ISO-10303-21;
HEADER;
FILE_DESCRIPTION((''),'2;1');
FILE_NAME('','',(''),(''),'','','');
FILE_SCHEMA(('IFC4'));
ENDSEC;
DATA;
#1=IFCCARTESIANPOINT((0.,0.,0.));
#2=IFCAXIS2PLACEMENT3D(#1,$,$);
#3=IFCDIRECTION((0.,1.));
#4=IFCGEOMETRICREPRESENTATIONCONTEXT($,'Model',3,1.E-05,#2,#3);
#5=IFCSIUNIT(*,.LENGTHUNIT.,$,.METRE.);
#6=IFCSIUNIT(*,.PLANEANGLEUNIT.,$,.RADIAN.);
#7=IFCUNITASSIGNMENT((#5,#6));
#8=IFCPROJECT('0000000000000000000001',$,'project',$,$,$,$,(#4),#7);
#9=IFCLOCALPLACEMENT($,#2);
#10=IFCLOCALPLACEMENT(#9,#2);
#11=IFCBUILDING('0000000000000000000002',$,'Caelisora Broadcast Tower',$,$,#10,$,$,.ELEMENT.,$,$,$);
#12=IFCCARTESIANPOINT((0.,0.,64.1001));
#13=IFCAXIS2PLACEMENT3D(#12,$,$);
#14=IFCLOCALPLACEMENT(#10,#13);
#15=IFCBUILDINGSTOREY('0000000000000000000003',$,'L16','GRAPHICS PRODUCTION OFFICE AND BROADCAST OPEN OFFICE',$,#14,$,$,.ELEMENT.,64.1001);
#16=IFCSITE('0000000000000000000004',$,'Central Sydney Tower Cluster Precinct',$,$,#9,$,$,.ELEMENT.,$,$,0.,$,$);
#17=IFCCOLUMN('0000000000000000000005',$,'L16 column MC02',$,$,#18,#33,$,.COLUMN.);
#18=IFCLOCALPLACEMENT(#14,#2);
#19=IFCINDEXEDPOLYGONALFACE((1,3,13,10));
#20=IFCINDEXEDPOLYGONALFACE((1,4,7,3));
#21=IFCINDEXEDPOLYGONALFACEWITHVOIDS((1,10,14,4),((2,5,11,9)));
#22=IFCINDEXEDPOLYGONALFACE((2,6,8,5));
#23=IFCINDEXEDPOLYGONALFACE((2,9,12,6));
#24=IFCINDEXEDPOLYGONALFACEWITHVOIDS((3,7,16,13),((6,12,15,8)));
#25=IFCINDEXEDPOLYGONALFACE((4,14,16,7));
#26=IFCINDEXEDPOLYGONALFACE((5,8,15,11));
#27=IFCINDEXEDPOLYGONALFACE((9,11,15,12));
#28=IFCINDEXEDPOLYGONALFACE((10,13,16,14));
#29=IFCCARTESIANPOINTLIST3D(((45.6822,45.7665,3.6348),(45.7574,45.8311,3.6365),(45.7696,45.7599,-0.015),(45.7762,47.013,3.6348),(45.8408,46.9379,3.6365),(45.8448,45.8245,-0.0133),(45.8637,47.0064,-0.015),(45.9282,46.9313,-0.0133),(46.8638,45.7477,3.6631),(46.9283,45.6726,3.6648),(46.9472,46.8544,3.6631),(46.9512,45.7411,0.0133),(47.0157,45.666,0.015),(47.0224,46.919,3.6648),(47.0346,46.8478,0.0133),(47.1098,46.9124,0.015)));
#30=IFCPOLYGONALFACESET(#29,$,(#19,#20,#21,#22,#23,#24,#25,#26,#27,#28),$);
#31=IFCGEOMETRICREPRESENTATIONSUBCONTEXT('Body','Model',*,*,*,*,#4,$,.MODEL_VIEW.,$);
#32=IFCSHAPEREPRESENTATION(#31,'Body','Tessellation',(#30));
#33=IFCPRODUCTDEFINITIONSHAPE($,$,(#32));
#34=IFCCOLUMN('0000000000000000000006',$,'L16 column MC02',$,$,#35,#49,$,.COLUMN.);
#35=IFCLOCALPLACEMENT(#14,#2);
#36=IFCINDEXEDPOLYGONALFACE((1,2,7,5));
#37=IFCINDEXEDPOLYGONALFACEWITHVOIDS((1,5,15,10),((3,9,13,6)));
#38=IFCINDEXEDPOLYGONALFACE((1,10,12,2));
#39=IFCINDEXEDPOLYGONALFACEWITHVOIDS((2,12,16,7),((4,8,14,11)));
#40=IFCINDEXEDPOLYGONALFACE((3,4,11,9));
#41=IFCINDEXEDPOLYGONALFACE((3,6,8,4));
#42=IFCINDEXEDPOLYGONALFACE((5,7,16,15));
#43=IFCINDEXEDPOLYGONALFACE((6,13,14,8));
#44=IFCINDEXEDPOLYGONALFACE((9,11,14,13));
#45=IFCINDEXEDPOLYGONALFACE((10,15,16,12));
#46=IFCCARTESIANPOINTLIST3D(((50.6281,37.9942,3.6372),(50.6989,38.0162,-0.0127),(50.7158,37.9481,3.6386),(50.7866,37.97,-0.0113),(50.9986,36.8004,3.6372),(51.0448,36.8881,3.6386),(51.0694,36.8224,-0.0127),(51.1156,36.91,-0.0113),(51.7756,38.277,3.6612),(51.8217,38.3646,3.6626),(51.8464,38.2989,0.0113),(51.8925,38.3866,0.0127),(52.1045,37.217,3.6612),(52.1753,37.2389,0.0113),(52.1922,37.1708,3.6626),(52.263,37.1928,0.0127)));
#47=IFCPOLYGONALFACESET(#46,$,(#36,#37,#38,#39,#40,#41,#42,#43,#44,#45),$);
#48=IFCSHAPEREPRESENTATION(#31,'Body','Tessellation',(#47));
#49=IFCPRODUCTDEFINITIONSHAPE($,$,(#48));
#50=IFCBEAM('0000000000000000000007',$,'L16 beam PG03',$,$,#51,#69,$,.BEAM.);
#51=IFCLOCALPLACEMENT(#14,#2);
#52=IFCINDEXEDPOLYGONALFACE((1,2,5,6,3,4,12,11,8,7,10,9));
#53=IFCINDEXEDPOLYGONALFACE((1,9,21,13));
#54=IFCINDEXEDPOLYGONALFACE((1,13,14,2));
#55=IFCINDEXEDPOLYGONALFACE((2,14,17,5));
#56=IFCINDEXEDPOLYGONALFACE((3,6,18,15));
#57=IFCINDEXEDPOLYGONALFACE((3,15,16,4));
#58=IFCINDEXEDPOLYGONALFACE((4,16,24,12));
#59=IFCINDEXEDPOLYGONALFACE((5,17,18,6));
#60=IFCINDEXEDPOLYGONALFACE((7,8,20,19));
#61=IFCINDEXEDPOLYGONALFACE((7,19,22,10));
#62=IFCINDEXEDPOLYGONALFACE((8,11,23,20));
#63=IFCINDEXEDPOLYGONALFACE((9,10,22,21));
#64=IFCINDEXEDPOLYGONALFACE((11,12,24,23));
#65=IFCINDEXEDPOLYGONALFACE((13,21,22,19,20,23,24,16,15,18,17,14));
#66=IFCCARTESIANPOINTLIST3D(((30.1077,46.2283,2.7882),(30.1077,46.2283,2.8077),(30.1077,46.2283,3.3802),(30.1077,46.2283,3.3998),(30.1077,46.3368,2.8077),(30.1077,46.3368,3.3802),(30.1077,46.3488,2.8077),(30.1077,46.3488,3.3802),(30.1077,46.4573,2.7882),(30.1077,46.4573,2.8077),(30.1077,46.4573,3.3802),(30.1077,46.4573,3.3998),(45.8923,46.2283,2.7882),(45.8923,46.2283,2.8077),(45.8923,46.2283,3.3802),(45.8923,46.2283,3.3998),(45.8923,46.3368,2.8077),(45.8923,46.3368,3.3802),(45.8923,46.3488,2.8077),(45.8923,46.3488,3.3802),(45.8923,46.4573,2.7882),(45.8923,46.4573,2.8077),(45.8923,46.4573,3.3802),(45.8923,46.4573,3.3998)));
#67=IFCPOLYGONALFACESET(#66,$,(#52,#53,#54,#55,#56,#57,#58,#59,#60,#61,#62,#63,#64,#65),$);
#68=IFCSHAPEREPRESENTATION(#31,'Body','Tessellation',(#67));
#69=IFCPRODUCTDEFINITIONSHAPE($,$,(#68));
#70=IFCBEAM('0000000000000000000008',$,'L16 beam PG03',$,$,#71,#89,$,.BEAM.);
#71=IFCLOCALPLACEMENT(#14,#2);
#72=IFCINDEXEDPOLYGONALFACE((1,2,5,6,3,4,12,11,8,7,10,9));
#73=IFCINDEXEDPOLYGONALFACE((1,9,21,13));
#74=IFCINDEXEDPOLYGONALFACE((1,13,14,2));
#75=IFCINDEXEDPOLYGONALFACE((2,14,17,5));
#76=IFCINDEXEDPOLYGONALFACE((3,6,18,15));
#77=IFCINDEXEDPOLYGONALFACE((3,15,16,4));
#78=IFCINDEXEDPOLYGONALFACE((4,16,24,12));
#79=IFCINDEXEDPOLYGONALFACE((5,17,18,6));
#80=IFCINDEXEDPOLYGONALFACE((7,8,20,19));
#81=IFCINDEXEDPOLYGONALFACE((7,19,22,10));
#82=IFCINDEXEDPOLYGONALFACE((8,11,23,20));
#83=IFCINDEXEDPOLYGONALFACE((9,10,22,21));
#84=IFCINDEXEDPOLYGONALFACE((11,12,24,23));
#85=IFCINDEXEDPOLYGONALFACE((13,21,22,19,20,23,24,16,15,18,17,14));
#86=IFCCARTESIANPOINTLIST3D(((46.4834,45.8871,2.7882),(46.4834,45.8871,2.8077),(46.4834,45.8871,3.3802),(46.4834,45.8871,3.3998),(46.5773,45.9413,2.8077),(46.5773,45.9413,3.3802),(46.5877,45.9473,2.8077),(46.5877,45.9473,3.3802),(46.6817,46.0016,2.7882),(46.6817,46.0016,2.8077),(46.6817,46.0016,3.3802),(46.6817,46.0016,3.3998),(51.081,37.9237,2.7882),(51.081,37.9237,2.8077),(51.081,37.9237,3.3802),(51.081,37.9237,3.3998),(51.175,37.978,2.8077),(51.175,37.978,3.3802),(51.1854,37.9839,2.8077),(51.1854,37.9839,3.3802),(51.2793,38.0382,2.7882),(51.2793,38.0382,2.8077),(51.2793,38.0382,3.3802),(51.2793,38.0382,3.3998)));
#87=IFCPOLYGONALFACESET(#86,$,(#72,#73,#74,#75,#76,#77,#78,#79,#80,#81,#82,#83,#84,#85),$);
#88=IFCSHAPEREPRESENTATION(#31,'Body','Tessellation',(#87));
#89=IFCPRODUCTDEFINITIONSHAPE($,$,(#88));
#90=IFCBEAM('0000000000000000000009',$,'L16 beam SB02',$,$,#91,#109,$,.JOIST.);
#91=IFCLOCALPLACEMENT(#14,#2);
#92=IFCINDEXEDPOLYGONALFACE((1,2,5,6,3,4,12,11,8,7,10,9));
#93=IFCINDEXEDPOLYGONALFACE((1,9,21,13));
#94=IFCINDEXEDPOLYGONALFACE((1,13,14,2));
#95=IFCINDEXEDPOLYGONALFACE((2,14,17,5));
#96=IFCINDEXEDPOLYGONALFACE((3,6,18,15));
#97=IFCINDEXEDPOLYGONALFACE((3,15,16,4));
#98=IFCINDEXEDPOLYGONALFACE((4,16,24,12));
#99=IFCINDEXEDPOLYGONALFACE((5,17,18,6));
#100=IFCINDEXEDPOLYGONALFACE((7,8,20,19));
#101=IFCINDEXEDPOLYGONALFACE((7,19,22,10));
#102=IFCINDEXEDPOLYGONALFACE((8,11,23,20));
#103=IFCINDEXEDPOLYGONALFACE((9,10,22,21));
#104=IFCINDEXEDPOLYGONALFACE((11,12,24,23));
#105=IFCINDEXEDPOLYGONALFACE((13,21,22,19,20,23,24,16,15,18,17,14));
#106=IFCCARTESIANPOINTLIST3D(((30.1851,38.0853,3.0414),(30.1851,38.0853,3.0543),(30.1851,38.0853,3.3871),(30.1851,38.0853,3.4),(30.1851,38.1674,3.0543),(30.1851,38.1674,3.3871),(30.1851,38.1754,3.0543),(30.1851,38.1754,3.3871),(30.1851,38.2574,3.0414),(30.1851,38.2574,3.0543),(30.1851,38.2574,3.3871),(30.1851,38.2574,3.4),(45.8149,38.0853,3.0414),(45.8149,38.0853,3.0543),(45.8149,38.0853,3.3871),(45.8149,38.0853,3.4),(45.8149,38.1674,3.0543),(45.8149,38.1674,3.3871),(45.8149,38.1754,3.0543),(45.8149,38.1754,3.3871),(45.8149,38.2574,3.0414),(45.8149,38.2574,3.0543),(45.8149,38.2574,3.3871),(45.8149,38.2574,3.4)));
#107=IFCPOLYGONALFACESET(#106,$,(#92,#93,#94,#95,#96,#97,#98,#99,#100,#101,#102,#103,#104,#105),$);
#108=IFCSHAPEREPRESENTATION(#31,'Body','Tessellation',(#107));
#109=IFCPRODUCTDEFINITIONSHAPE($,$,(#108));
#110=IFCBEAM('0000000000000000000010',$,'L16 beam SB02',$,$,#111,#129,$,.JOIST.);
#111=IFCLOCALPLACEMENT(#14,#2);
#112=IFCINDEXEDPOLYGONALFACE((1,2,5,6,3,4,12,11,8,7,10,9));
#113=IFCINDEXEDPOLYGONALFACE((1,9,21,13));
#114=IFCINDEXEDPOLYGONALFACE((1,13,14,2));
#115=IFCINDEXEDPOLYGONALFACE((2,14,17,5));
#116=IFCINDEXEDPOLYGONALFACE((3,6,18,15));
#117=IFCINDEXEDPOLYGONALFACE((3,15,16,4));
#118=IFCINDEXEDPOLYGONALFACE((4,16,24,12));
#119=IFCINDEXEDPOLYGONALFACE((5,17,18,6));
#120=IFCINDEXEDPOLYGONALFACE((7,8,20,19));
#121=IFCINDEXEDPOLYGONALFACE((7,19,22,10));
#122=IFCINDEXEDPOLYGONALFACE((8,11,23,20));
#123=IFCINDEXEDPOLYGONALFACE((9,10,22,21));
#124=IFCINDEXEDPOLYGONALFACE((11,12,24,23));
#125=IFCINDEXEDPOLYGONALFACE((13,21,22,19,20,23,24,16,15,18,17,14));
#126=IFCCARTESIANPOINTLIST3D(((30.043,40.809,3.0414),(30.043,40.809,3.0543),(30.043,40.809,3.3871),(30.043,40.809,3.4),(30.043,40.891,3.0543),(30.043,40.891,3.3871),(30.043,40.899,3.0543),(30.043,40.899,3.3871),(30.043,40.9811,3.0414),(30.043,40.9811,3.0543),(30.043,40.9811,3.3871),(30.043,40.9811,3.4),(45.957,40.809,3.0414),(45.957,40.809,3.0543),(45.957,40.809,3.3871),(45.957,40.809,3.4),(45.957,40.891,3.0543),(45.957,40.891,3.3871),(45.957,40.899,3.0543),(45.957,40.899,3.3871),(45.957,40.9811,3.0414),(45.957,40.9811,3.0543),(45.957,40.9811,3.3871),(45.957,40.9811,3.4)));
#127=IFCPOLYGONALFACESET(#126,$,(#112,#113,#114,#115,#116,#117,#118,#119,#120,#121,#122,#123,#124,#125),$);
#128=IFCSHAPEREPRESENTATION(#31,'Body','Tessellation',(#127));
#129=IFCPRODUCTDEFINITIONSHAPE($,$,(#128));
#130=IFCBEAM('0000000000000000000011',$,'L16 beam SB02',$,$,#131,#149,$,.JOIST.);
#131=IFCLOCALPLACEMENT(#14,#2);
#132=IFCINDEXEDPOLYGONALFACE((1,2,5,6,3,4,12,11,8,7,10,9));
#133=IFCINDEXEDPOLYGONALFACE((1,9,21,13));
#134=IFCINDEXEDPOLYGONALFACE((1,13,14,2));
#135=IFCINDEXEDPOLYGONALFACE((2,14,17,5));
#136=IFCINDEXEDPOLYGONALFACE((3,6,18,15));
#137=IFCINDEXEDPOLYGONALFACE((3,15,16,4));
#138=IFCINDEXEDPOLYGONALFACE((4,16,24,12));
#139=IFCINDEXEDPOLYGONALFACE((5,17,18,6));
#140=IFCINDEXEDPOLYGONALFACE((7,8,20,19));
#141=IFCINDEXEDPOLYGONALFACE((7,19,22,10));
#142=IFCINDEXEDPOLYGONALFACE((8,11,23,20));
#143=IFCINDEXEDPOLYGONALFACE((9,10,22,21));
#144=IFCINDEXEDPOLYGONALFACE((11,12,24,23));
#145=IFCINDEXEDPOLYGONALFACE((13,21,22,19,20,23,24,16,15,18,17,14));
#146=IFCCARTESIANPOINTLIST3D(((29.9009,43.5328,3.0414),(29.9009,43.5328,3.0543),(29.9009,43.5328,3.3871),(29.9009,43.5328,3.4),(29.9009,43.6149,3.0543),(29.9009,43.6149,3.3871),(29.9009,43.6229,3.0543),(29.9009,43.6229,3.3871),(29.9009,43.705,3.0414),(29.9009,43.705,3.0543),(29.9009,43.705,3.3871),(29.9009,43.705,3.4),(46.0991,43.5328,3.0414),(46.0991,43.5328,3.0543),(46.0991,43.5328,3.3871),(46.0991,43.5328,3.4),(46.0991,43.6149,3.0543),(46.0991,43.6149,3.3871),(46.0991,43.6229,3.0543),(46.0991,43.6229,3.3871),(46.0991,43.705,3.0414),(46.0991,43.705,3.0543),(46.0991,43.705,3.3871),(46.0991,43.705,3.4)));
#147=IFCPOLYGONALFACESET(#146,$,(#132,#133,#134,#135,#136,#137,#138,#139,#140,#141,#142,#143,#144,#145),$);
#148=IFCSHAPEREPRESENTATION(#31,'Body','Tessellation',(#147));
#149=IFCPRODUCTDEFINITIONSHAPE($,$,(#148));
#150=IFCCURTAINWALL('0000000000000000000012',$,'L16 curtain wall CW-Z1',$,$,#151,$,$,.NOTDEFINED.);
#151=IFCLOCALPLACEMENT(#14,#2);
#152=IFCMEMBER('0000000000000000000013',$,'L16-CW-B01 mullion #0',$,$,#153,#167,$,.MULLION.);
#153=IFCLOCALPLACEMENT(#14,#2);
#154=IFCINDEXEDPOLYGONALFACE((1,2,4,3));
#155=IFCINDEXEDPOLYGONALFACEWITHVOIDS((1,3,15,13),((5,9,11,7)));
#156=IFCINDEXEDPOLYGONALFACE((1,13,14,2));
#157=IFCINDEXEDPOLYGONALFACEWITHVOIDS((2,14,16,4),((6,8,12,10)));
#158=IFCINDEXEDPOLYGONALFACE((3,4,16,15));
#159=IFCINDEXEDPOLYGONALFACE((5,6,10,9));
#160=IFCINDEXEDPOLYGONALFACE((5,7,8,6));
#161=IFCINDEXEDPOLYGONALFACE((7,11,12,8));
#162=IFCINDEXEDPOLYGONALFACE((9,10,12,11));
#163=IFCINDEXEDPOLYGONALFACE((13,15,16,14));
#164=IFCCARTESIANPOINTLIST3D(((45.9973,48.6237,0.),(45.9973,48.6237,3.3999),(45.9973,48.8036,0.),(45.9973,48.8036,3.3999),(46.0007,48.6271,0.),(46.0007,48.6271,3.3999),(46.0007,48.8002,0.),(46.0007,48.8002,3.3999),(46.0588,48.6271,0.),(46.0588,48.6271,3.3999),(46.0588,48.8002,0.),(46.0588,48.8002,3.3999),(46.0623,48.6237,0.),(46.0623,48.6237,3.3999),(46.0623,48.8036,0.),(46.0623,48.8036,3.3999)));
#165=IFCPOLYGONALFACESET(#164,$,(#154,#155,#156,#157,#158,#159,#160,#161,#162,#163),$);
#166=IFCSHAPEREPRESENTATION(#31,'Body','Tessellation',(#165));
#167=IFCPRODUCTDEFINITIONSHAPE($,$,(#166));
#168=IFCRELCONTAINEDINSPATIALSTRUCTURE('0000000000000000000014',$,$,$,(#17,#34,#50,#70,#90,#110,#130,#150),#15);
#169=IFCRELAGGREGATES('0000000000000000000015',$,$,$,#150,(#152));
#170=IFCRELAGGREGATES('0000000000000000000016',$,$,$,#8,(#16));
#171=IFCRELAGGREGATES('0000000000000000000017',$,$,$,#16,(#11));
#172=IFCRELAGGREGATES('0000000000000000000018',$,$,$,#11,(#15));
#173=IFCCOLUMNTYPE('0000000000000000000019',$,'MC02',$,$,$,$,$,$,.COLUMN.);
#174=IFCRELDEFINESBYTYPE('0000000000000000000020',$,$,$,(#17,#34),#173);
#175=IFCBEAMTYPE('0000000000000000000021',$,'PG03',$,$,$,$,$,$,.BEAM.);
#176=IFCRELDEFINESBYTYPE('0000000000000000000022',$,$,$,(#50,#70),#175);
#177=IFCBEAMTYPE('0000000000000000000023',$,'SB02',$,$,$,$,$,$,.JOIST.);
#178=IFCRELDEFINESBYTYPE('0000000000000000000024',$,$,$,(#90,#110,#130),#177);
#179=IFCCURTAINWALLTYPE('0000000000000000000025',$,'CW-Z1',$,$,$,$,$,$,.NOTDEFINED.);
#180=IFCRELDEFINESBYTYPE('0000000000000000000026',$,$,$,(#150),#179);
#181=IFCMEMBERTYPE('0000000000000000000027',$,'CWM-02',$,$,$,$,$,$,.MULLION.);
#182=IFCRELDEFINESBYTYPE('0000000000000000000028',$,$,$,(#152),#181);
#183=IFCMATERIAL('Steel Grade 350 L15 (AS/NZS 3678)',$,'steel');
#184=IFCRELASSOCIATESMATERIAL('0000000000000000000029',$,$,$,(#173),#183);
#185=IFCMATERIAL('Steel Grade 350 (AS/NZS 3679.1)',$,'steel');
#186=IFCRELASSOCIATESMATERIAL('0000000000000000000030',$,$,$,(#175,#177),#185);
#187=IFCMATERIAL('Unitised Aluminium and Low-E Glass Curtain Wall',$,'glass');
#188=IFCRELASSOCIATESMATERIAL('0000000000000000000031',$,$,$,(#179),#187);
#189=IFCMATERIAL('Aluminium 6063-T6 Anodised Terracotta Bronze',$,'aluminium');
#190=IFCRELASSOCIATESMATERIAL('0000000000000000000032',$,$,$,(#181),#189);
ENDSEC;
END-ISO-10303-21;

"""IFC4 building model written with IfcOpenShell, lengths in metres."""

from ifc_helpers import new_model, si_unit, direction, frame, origin, origin_2d, place, context, subcontext, project, spatial, hollow_rectangle, i_section, extrude, source, transform, mapped, material, material_profile, profile_set, type_object, type_shapes, element, aggregate, save


model = new_model("IFC4")

# Units and contexts
model_context = context("Model", 3, precision=1e-05, world=origin(), true_north=direction((0.0, 1.0)))
body_context = subcontext(model_context, "Body", "Model", "MODEL_VIEW")
ifc_project = project(units=[si_unit("LENGTHUNIT", "METRE"), si_unit("PLANEANGLEUNIT", "RADIAN")], contexts=[model_context])

# Site, building, storey
site_placement = place(None, origin())
site = spatial("IfcSite", under=ifc_project, at=site_placement, Name="Central Sydney Tower Cluster Precinct", CompositionType="ELEMENT", RefElevation=0.0)
building_placement = place(site_placement, origin())
building = spatial("IfcBuilding", under=site, at=building_placement, Name="Caelisora Broadcast Tower", CompositionType="ELEMENT")
storey_placement = place(building_placement, frame((0.0, 0.0, 64.1001)))
storey = spatial("IfcBuildingStorey", under=building, at=storey_placement, Name="L16", Description="GRAPHICS PRODUCTION OFFICE AND BROADCAST OPEN OFFICE", CompositionType="ELEMENT", Elevation=64.1001)

# Columns
ifc_material_1 = material(Name="Steel Grade 350 L15 (AS/NZS 3678)", Category="steel")
ifc_material_profile_1 = material_profile(ifc_material_1, hollow_rectangle(XDim=1.25, YDim=1.25, WallThickness=0.0701, at=origin_2d()), Name="Steel Grade 350 L15 (AS/NZS 3678)")
ifc_profile_set_1 = profile_set([ifc_material_profile_1], Name="Steel Grade 350 L15 (AS/NZS 3678)")
column_type = type_object("IfcColumnType", Name="MC02", PredefinedType="COLUMN", material=ifc_profile_set_1)
shared_shape_1 = source(origin(), body_context, "Body", "SweptSolid", [
    extrude(hollow_rectangle(XDim=1.25, YDim=1.25, WallThickness=0.0701, at=origin_2d()), origin(), (0.0, 0.0, 1.0), 3.6509),
])
column_1_placement = place(storey_placement, frame((46.4397, 46.3362, 0.0), z_axis=(-0.02394, 0.001805, 0.999712), x_axis=(-0.075205, -0.997168, 0.0)))
element("IfcColumn", 1, at=column_1_placement, inside=storey, type_object=column_type, Name="L16 column MC02", PredefinedType="COLUMN", context=body_context, shape_type="MappedRepresentation", body=[
    mapped(shared_shape_1, transform((0.0, 0.0, 0.0), scale=1.0)),
])
shared_shape_2 = source(origin(), body_context, "Body", "SweptSolid", [
    extrude(hollow_rectangle(XDim=1.25, YDim=1.25, WallThickness=0.0701, at=origin_2d()), origin(), (0.0, 0.0, 1.0), 3.6506),
])
type_shapes(column_type, [shared_shape_1, shared_shape_2])
column_2_placement = place(storey_placement, frame((51.481, 37.6045, 0.0), z_axis=(-0.019394, -0.006019, 0.999794), x_axis=(0.296399, -0.955064, 0.0)))
element("IfcColumn", 2, at=column_2_placement, inside=storey, type_object=column_type, Name="L16 column MC02", PredefinedType="COLUMN", context=body_context, shape_type="MappedRepresentation", body=[
    mapped(shared_shape_2, transform((0.0, 0.0, 0.0), scale=1.0)),
])

# Beams
ifc_material_2 = material(Name="Steel Grade 350 (AS/NZS 3679.1)", Category="steel")
ifc_material_profile_2 = material_profile(ifc_material_2, i_section(OverallWidth=0.229, OverallDepth=0.6116, WebThickness=0.012, FlangeThickness=0.0195, at=origin_2d()), Name="Steel Grade 350 (AS/NZS 3679.1)")
ifc_profile_set_2 = profile_set([ifc_material_profile_2], Name="Steel Grade 350 (AS/NZS 3679.1)")
beam_type_1 = type_object("IfcBeamType", Name="PG03", PredefinedType="BEAM", material=ifc_profile_set_2)
shared_shape_3 = source(origin(), body_context, "Body", "SweptSolid", [
    extrude(i_section(OverallWidth=0.229, OverallDepth=0.6116, WebThickness=0.012, FlangeThickness=0.0195, at=origin_2d()), origin(), (0.0, 0.0, 1.0), 15.7847),
])
beam_1_placement = place(storey_placement, frame((45.8923, 46.3428, 3.094), z_axis=(-1.0, 0.0, 0.0), x_axis=(0.0, -1.0, 0.0)))
element("IfcBeam", 3, at=beam_1_placement, inside=storey, type_object=beam_type_1, Name="L16 beam PG03", PredefinedType="BEAM", context=body_context, shape_type="MappedRepresentation", body=[
    mapped(shared_shape_3, transform((0.0, 0.0, 0.0), scale=1.0)),
])
shared_shape_4 = source(origin(), body_context, "Body", "SweptSolid", [
    extrude(i_section(OverallWidth=0.229, OverallDepth=0.6116, WebThickness=0.012, FlangeThickness=0.0195, at=origin_2d()), origin(), (0.0, 0.0, 1.0), 9.1953),
])
type_shapes(beam_type_1, [shared_shape_3, shared_shape_4])
beam_2_placement = place(storey_placement, frame((51.1802, 37.981, 3.094), z_axis=(-0.5, 0.866026, 0.0), x_axis=(-0.866026, -0.5, 0.0)))
element("IfcBeam", 4, at=beam_2_placement, inside=storey, type_object=beam_type_1, Name="L16 beam PG03", PredefinedType="BEAM", context=body_context, shape_type="MappedRepresentation", body=[
    mapped(shared_shape_4, transform((0.0, 0.0, 0.0), scale=1.0)),
])
ifc_material_profile_3 = material_profile(ifc_material_2, i_section(OverallWidth=0.1721, OverallDepth=0.3586, WebThickness=0.0081, FlangeThickness=0.0129, at=origin_2d()), Name="Steel Grade 350 (AS/NZS 3679.1)")
ifc_profile_set_3 = profile_set([ifc_material_profile_3], Name="Steel Grade 350 (AS/NZS 3679.1)")
beam_type_2 = type_object("IfcBeamType", Name="SB02", PredefinedType="JOIST", material=ifc_profile_set_3)
shared_shape_5 = source(origin(), body_context, "Body", "SweptSolid", [
    extrude(i_section(OverallWidth=0.1721, OverallDepth=0.3586, WebThickness=0.0081, FlangeThickness=0.0129, at=origin_2d()), origin(), (0.0, 0.0, 1.0), 15.6299),
])
beam_3_placement = place(storey_placement, frame((45.8149, 38.1714, 3.2207), z_axis=(-1.0, 0.0, 0.0), x_axis=(0.0, -1.0, 0.0)))
element("IfcBeam", 5, at=beam_3_placement, inside=storey, type_object=beam_type_2, Name="L16 beam SB02", PredefinedType="JOIST", context=body_context, shape_type="MappedRepresentation", body=[
    mapped(shared_shape_5, transform((0.0, 0.0, 0.0), scale=1.0)),
])
shared_shape_6 = source(origin(), body_context, "Body", "SweptSolid", [
    extrude(i_section(OverallWidth=0.1721, OverallDepth=0.3586, WebThickness=0.0081, FlangeThickness=0.0129, at=origin_2d()), origin(), (0.0, 0.0, 1.0), 15.9141),
])
beam_4_placement = place(storey_placement, frame((45.957, 40.895, 3.2207), z_axis=(-1.0, 0.0, 0.0), x_axis=(0.0, -1.0, 0.0)))
element("IfcBeam", 6, at=beam_4_placement, inside=storey, type_object=beam_type_2, Name="L16 beam SB02", PredefinedType="JOIST", context=body_context, shape_type="MappedRepresentation", body=[
    mapped(shared_shape_6, transform((0.0, 0.0, 0.0), scale=1.0)),
])
shared_shape_7 = source(origin(), body_context, "Body", "SweptSolid", [
    extrude(i_section(OverallWidth=0.1721, OverallDepth=0.3586, WebThickness=0.0081, FlangeThickness=0.0129, at=origin_2d()), origin(), (0.0, 0.0, 1.0), 16.1982),
])
type_shapes(beam_type_2, [shared_shape_5, shared_shape_6, shared_shape_7])
beam_5_placement = place(storey_placement, frame((46.0991, 43.6189, 3.2207), z_axis=(-1.0, 0.0, 0.0), x_axis=(0.0, -1.0, 0.0)))
element("IfcBeam", 7, at=beam_5_placement, inside=storey, type_object=beam_type_2, Name="L16 beam SB02", PredefinedType="JOIST", context=body_context, shape_type="MappedRepresentation", body=[
    mapped(shared_shape_7, transform((0.0, 0.0, 0.0), scale=1.0)),
])

# Curtain wall, member
ifc_material_3 = material(Name="Unitised Aluminium and Low-E Glass Curtain Wall", Category="glass")
curtain_wall_type_1 = type_object("IfcCurtainWallType", Name="CW-Z1", PredefinedType="NOTDEFINED", material=ifc_material_3)
curtain_wall_1_placement = place(storey_placement, origin())
curtain_wall_1 = element("IfcCurtainWall", 8, at=curtain_wall_1_placement, inside=storey, type_object=curtain_wall_type_1, Name="L16 curtain wall CW-Z1", PredefinedType="NOTDEFINED")
ifc_material_4 = material(Name="Aluminium 6063-T6 Anodised Terracotta Bronze", Category="aluminium")
ifc_material_profile_4 = material_profile(ifc_material_4, hollow_rectangle(XDim=0.0649, YDim=0.1799, WallThickness=0.0034, at=origin_2d()), Name="Aluminium 6063-T6 Anodised Terracotta Bronze")
ifc_profile_set_4 = profile_set([ifc_material_profile_4], Name="Aluminium 6063-T6 Anodised Terracotta Bronze")
member_type_1 = type_object("IfcMemberType", Name="CWM-02", PredefinedType="MULLION", material=ifc_profile_set_4)
shared_shape_8 = source(origin(), body_context, "Body", "SweptSolid", [
    extrude(hollow_rectangle(XDim=0.0649, YDim=0.1799, WallThickness=0.0034, at=origin_2d()), origin(), (0.0, 0.0, 1.0), 3.3999),
])
type_shapes(member_type_1, [shared_shape_8])
member_1_placement = place(storey_placement, frame((46.0298, 48.7136, 0.0), z_axis=(0.0, 0.0, 1.0), x_axis=(1.0, 0.0, 0.0)))
member_1 = element("IfcMember", 9, at=member_1_placement, type_object=member_type_1, Name="L16-CW-B01 mullion #0", PredefinedType="MULLION", context=body_context, shape_type="MappedRepresentation", body=[
    mapped(shared_shape_8, transform((0.0, 0.0, 0.0), scale=1.0)),
])

aggregate(curtain_wall_1, [member_1])

save(model, "model.ifc")
